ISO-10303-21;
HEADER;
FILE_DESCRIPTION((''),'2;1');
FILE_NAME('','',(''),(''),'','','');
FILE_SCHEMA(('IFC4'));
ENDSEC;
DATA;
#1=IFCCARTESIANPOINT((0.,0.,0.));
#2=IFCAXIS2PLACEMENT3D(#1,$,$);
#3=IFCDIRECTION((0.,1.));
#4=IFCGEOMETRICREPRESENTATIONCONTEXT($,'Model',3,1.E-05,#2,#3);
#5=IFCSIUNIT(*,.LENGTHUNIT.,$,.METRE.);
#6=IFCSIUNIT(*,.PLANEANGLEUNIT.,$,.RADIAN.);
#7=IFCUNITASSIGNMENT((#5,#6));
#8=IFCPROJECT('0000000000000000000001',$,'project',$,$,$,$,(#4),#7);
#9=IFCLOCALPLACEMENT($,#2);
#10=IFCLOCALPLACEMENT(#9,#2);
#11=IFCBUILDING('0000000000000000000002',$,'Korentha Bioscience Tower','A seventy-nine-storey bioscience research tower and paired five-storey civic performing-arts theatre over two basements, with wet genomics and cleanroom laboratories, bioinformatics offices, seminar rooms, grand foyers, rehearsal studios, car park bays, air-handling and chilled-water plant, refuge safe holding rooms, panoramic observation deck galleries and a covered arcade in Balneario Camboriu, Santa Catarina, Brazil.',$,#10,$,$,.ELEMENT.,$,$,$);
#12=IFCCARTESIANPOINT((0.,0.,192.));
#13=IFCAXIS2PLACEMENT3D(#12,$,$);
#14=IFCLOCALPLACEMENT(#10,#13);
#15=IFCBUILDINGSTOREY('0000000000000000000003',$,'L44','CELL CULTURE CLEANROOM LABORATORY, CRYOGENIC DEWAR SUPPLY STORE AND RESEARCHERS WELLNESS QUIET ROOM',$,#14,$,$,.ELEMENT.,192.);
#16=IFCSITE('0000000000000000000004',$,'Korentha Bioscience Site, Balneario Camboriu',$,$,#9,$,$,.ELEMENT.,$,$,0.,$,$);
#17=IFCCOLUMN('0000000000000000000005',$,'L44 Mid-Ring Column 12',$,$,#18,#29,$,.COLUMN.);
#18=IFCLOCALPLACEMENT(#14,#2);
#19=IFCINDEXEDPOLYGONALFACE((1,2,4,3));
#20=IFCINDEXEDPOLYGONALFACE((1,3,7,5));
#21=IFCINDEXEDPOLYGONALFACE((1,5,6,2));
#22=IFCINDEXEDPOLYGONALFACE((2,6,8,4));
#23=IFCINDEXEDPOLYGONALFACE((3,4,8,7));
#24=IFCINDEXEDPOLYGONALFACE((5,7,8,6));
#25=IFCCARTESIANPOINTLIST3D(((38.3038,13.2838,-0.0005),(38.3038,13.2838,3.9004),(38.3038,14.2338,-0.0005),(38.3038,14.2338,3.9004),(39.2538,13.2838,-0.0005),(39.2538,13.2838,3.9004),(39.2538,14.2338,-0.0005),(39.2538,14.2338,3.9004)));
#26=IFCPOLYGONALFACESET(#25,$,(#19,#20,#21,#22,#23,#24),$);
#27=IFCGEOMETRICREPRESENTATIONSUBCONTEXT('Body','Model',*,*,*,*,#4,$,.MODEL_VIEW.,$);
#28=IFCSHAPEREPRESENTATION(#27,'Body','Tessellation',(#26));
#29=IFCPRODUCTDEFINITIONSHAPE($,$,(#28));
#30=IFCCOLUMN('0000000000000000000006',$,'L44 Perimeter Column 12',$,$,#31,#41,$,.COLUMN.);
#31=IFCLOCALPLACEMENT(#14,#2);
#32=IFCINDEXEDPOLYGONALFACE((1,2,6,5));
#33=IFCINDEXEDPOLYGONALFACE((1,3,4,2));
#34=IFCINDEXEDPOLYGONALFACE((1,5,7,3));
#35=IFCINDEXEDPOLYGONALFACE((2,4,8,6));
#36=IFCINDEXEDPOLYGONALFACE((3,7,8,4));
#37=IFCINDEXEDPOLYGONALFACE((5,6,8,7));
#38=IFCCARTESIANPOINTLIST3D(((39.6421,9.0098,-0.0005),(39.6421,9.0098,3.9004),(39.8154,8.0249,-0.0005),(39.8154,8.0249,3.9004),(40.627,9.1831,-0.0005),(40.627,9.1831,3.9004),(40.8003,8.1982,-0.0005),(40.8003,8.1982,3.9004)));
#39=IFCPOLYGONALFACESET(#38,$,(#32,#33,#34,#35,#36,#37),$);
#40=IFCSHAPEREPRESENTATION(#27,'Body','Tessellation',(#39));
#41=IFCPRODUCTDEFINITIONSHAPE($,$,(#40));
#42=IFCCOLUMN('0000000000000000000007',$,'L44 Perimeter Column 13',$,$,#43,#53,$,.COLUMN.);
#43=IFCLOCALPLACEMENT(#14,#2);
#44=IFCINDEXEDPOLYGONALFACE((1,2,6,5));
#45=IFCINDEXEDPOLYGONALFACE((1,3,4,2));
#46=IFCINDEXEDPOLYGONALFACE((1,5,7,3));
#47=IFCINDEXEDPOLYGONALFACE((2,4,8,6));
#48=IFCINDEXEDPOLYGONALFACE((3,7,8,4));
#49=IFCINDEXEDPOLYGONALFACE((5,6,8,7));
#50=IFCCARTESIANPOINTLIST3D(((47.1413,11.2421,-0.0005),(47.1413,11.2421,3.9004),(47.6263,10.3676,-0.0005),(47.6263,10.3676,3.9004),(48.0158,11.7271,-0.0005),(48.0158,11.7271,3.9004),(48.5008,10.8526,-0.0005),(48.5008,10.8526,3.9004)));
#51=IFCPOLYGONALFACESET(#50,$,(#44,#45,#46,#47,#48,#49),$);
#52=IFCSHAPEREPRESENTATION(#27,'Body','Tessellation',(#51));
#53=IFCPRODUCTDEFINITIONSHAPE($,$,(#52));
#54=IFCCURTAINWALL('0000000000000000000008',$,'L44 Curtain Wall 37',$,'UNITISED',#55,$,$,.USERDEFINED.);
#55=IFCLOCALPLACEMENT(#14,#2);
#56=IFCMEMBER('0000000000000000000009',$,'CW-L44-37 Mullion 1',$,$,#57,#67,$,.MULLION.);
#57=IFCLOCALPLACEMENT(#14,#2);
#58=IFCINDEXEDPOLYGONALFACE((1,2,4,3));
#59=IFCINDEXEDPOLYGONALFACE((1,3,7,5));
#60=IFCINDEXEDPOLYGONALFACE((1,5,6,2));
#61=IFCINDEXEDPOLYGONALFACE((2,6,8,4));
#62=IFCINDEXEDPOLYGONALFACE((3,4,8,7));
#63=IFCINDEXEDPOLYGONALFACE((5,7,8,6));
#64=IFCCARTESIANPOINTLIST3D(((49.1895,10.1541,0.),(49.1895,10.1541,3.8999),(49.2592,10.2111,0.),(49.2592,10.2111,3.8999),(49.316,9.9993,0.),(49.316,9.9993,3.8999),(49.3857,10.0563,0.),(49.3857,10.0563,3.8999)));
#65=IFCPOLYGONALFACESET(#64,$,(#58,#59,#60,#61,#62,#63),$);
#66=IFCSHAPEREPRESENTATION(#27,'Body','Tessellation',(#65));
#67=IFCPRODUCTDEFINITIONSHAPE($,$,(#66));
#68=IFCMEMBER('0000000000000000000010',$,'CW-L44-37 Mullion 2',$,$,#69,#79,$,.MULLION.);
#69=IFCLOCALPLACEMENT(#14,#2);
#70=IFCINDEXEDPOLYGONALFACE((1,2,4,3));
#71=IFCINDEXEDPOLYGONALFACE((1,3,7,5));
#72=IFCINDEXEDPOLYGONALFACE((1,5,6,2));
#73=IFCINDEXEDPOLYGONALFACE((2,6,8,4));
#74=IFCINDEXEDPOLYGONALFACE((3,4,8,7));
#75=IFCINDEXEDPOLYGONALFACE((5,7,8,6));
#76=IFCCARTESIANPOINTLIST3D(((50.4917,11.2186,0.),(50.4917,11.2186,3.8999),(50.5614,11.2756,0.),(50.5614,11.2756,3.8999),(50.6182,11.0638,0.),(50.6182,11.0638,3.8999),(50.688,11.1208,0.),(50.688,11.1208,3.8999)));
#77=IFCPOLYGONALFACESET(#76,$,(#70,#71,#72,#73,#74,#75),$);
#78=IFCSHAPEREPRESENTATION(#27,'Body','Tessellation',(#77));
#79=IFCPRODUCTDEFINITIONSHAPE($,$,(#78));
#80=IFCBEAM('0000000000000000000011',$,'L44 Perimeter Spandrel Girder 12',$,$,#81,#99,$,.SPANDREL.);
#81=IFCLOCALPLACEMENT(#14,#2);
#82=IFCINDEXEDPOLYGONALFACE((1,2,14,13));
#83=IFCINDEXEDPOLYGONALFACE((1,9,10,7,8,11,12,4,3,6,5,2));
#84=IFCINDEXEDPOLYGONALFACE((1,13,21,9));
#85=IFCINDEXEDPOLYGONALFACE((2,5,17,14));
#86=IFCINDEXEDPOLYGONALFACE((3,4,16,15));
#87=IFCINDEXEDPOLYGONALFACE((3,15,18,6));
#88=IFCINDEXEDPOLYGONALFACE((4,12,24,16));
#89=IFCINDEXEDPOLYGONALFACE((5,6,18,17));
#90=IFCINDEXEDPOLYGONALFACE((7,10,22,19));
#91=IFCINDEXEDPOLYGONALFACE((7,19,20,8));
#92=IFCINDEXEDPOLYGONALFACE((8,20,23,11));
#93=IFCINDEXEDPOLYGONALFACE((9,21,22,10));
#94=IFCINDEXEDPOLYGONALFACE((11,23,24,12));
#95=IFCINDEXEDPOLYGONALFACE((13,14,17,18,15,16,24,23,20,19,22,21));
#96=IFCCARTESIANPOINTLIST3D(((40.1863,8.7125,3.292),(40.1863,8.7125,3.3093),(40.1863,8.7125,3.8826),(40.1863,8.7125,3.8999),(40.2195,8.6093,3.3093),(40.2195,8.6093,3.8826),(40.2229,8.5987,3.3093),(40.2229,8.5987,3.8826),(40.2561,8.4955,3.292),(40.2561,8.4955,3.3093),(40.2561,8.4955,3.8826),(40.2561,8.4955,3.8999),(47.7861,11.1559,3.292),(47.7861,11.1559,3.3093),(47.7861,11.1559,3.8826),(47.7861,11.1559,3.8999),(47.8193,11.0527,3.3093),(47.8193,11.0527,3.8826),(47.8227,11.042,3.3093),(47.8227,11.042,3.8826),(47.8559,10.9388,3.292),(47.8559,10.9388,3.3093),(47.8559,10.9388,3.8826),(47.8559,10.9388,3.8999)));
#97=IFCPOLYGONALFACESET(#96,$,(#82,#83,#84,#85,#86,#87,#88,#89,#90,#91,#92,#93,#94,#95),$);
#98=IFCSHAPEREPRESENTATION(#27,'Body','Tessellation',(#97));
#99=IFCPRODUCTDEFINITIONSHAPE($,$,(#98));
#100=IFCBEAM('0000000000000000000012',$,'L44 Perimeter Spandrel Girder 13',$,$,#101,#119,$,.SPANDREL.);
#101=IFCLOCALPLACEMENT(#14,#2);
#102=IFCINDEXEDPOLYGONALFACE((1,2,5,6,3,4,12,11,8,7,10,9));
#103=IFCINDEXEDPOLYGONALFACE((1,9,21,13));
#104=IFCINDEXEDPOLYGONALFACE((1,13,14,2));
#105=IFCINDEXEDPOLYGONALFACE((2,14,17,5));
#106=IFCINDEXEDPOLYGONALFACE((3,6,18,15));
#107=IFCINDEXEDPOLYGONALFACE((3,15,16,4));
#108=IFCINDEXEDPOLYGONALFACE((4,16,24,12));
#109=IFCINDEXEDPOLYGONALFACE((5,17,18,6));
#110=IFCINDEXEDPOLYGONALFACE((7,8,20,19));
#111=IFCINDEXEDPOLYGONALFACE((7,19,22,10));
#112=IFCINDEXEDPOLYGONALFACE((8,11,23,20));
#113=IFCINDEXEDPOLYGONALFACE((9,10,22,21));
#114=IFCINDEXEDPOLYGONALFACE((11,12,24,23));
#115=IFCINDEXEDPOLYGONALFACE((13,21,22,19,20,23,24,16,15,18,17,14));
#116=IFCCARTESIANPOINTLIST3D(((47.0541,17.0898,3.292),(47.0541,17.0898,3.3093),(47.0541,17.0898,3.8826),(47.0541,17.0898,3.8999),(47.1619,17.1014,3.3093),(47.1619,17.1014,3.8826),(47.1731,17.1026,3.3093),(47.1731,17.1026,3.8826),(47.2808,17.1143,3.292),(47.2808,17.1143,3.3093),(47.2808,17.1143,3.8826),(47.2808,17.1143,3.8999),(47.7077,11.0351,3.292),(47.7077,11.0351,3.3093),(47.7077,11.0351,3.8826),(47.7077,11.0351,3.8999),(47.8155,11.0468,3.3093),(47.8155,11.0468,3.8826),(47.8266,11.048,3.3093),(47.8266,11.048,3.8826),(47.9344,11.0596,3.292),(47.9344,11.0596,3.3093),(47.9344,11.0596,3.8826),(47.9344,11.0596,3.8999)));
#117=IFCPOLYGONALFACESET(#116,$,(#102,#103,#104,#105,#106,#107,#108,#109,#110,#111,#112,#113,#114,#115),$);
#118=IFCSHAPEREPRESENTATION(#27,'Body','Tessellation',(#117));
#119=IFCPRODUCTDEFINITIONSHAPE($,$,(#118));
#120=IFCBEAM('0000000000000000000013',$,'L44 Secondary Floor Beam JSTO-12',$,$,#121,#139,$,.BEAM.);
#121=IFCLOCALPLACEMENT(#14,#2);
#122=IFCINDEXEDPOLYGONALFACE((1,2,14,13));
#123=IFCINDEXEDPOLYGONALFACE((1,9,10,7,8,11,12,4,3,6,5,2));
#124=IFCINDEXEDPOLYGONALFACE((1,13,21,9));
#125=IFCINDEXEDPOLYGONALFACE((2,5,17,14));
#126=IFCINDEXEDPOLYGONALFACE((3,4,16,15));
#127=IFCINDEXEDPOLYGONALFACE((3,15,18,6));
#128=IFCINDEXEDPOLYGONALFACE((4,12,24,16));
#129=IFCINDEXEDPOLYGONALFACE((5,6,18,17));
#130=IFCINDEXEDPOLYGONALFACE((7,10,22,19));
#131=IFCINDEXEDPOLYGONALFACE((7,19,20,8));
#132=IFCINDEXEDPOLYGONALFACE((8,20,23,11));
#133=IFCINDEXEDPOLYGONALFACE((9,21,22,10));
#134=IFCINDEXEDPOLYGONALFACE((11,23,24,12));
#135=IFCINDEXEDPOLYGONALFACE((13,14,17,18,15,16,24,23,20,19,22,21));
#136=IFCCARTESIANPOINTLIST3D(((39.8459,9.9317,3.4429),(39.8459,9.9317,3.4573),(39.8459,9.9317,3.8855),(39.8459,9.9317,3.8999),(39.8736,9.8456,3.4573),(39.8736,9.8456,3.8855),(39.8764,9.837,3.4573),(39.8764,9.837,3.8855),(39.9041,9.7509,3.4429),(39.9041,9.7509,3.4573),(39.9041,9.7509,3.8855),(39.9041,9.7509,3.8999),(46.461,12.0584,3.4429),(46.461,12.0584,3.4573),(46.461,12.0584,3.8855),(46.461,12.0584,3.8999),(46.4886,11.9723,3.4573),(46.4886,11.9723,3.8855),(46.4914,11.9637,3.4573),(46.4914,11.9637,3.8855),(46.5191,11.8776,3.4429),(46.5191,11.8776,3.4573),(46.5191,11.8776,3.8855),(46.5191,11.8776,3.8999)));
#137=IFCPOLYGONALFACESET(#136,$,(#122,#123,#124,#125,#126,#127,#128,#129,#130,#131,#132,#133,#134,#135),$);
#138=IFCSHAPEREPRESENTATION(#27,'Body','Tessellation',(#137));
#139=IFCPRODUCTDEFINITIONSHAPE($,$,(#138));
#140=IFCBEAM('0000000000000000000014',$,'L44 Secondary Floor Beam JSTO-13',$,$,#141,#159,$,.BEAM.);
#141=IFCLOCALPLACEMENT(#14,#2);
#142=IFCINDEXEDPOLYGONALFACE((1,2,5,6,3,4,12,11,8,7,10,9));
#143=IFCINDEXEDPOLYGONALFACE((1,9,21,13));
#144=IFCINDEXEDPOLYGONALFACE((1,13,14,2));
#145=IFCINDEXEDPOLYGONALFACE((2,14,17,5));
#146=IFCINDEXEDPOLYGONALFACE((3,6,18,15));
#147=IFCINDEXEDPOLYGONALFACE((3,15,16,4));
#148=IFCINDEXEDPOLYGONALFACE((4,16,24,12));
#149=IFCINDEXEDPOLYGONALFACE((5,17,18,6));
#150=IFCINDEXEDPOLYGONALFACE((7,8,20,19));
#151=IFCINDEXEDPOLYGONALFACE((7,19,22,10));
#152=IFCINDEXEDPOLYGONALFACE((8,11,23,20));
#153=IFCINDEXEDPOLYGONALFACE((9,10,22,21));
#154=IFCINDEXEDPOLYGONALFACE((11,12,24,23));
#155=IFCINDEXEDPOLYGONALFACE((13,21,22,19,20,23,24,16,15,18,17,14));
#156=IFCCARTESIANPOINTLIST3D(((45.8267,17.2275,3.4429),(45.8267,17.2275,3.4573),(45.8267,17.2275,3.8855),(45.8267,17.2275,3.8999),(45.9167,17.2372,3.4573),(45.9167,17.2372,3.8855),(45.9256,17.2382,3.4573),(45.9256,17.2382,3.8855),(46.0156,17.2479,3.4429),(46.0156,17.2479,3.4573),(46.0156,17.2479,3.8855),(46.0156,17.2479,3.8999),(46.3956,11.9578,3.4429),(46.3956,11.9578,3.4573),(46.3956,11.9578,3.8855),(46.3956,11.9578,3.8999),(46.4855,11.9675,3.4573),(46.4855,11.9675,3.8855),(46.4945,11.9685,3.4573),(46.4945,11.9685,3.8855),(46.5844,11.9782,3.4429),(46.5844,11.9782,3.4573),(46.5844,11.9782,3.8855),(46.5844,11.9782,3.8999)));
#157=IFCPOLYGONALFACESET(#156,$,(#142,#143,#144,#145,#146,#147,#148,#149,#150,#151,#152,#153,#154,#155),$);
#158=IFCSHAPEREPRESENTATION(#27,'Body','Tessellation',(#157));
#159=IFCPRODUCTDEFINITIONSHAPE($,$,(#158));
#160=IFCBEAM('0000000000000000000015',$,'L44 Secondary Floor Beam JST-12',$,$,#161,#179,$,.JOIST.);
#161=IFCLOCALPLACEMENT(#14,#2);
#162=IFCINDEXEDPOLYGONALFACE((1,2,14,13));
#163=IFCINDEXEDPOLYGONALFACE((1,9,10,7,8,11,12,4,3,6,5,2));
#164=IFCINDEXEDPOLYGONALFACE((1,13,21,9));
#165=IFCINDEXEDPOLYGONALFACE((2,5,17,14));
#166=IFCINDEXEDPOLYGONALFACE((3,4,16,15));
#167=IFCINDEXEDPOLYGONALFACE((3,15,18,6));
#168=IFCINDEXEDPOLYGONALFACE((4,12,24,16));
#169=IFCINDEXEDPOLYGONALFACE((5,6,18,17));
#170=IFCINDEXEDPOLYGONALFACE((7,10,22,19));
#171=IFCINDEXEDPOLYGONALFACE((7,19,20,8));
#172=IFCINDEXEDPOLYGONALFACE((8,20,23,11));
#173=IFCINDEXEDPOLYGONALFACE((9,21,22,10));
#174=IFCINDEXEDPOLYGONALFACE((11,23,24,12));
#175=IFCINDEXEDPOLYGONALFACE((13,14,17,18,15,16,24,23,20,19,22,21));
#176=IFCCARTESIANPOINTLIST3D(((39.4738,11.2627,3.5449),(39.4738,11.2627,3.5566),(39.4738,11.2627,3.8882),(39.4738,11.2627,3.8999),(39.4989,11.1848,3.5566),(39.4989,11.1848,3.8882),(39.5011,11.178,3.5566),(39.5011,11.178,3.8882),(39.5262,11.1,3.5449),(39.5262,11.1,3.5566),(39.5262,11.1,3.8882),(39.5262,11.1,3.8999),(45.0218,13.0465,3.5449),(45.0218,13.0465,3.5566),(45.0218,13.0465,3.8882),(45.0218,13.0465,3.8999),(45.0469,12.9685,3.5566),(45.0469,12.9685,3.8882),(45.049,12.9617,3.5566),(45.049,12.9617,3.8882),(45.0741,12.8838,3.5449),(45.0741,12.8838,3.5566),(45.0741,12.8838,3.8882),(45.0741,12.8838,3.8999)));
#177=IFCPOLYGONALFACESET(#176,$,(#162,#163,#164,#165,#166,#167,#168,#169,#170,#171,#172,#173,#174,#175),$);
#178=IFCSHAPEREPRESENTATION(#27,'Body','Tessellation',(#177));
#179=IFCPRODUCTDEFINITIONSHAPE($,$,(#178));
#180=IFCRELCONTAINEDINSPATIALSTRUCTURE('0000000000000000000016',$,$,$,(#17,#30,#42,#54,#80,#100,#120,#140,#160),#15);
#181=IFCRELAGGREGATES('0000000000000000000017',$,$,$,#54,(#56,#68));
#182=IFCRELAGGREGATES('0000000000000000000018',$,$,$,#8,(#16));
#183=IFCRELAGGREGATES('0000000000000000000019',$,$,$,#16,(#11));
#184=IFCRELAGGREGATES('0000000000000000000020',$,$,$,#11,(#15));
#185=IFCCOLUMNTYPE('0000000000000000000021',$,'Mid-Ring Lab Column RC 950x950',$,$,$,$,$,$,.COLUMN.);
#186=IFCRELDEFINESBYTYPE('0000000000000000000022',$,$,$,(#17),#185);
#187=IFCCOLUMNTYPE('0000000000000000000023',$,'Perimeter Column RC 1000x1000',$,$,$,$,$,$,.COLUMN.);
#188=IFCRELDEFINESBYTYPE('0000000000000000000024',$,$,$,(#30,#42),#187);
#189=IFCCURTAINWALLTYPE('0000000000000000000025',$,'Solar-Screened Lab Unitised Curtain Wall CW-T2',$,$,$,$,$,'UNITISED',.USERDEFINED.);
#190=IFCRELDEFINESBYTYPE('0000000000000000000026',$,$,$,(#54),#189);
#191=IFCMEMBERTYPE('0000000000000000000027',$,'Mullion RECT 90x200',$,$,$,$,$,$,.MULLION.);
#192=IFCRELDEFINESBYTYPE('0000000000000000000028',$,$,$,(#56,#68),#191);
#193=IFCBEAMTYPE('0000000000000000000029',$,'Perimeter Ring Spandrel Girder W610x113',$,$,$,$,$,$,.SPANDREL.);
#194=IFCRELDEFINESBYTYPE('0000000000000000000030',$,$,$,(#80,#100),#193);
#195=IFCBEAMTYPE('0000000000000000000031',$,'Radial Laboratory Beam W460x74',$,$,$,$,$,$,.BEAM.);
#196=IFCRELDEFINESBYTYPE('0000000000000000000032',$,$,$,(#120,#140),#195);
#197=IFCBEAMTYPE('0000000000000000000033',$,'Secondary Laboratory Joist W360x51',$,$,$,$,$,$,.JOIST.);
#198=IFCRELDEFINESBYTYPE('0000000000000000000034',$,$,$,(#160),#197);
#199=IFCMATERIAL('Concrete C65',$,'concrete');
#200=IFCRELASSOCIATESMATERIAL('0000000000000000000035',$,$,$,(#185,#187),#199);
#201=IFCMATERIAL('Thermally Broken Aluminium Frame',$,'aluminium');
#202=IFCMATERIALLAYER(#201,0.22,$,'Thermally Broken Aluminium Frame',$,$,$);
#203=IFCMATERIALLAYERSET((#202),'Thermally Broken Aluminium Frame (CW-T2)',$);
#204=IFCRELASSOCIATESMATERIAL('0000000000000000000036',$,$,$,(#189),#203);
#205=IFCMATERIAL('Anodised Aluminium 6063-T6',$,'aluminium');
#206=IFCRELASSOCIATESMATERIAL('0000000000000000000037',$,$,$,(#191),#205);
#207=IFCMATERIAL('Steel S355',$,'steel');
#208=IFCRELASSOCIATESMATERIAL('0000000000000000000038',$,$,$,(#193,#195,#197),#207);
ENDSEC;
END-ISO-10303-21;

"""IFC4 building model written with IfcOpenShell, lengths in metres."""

from ifc_helpers import new_model, si_unit, direction, frame, origin, origin_2d, place, context, subcontext, project, spatial, rectangle, i_section, extrude, material, layer, layer_set, material_profile, profile_set, type_object, element, aggregate, save


model = new_model("IFC4")

# Units and contexts
model_context = context("Model", 3, precision=1e-05, world=origin(), true_north=direction((0.0, 1.0)))
body_context = subcontext(model_context, "Body", "Model", "MODEL_VIEW")
ifc_project = project(units=[si_unit("LENGTHUNIT", "METRE"), si_unit("PLANEANGLEUNIT", "RADIAN")], contexts=[model_context])

# Site, building, storey
site_placement = place(None, origin())
site = spatial("IfcSite", under=ifc_project, at=site_placement, Name="Korentha Bioscience Site, Balneario Camboriu", CompositionType="ELEMENT", RefElevation=0.0)
building_placement = place(site_placement, origin())
building = spatial("IfcBuilding", under=site, at=building_placement, Name="Korentha Bioscience Tower", Description="A seventy-nine-storey bioscience research tower and paired five-storey civic performing-arts theatre over two basements, with wet genomics and cleanroom laboratories, bioinformatics offices, seminar rooms, grand foyers, rehearsal studios, car park bays, air-handling and chilled-water plant, refuge safe holding rooms, panoramic observation deck galleries and a covered arcade in Balneario Camboriu, Santa Catarina, Brazil.", CompositionType="ELEMENT")
storey_placement = place(building_placement, frame((0.0, 0.0, 192.0)))
storey = spatial("IfcBuildingStorey", under=building, at=storey_placement, Name="L44", Description="CELL CULTURE CLEANROOM LABORATORY, CRYOGENIC DEWAR SUPPLY STORE AND RESEARCHERS WELLNESS QUIET ROOM", CompositionType="ELEMENT", Elevation=192.0)

# Columns
ifc_material_1 = material(Name="Concrete C65", Category="concrete")
ifc_material_profile_1 = material_profile(ifc_material_1, rectangle(XDim=0.95, YDim=0.95, at=origin_2d()), Name="Concrete C65")
ifc_profile_set_1 = profile_set([ifc_material_profile_1], Name="Concrete C65 (COL-MR09)")
column_type_1 = type_object("IfcColumnType", Name="Mid-Ring Lab Column RC 950x950", PredefinedType="COLUMN", material=ifc_profile_set_1)
column_placement = place(storey_placement, frame((38.7788, 13.7588, -0.0005), z_axis=(0.0, 0.0, 1.0), x_axis=(1.0, 0.0, 0.0)))
element("IfcColumn", 1, at=column_placement, inside=storey, type_object=column_type_1, Name="L44 Mid-Ring Column 12", PredefinedType="COLUMN", context=body_context, shape_type="SweptSolid", body=[
    extrude(rectangle(XDim=0.95, YDim=0.95, at=origin_2d()), origin(), (0.0, 0.0, 1.0), 3.9009),
])
ifc_material_profile_2 = material_profile(ifc_material_1, rectangle(XDim=1.0, YDim=1.0, at=origin_2d()), Name="Concrete C65")
ifc_profile_set_2 = profile_set([ifc_material_profile_2], Name="Concrete C65 (COL-P10)")
column_type_2 = type_object("IfcColumnType", Name="Perimeter Column RC 1000x1000", PredefinedType="COLUMN", material=ifc_profile_set_2)
for number, where, z_axis, x_axis, name in (
    (2, (40.2212, 8.604, -0.0005), (0.0, 0.0, 1.0), (0.984868, 0.173304, 0.0), "L44 Perimeter Column 12"),
    (3, (47.821, 11.0474, -0.0005), (0.0, 0.0, 1.0), (0.874535, 0.484962, 0.0), "L44 Perimeter Column 13"),
):
    element("IfcColumn", number, at=place(storey_placement, frame(where, z_axis=z_axis, x_axis=x_axis)), inside=storey, type_object=column_type_2, Name=name, PredefinedType="COLUMN", context=body_context, shape_type="SweptSolid", body=[
        extrude(rectangle(XDim=1.0, YDim=1.0, at=origin_2d()), origin(), (0.0, 0.0, 1.0), 3.9009),
    ])

# Curtain wall, members
ifc_material_2 = material(Name="Thermally Broken Aluminium Frame", Category="aluminium")
ifc_layer_1 = layer(ifc_material_2, 0.22, Name="Thermally Broken Aluminium Frame")
ifc_layer_set_1 = layer_set([ifc_layer_1], Name="Thermally Broken Aluminium Frame (CW-T2)")
curtain_wall_type = type_object("IfcCurtainWallType", Name="Solar-Screened Lab Unitised Curtain Wall CW-T2", ElementType="UNITISED", PredefinedType="USERDEFINED", material=ifc_layer_set_1)
curtain_wall_placement = place(storey_placement, origin())
curtain_wall = element("IfcCurtainWall", 4, at=curtain_wall_placement, inside=storey, type_object=curtain_wall_type, Name="L44 Curtain Wall 37", ObjectType="UNITISED", PredefinedType="USERDEFINED")
ifc_material_3 = material(Name="Anodised Aluminium 6063-T6", Category="aluminium")
ifc_material_profile_3 = material_profile(ifc_material_3, rectangle(XDim=0.0901, YDim=0.2, at=origin_2d()), Name="Anodised Aluminium 6063-T6")
ifc_profile_set_3 = profile_set([ifc_material_profile_3], Name="Anodised Aluminium 6063-T6 (CW-MUL)")
member_type_1 = type_object("IfcMemberType", Name="Mullion RECT 90x200", PredefinedType="MULLION", material=ifc_profile_set_3)
member_1_placement = place(storey_placement, frame((49.2876, 10.1052, 0.0), z_axis=(0.0, 0.0, 1.0), x_axis=(0.774256, 0.632872, 0.0)))
member_1 = element("IfcMember", 5, at=member_1_placement, type_object=member_type_1, Name="CW-L44-37 Mullion 1", PredefinedType="MULLION", context=body_context, shape_type="SweptSolid", body=[
    extrude(rectangle(XDim=0.0901, YDim=0.2, at=origin_2d()), origin(), (0.0, 0.0, 1.0), 3.8999),
])
member_2_placement = place(storey_placement, frame((50.5898, 11.1697, 0.0), z_axis=(0.0, 0.0, 1.0), x_axis=(0.774256, 0.632872, 0.0)))
member_2 = element("IfcMember", 6, at=member_2_placement, type_object=member_type_1, Name="CW-L44-37 Mullion 2", PredefinedType="MULLION", context=body_context, shape_type="SweptSolid", body=[
    extrude(rectangle(XDim=0.0901, YDim=0.2, at=origin_2d()), origin(), (0.0, 0.0, 1.0), 3.8999),
])

# Beams
ifc_material_4 = material(Name="Steel S355", Category="steel")
ifc_material_profile_4 = material_profile(ifc_material_4, i_section(OverallWidth=0.228, OverallDepth=0.6079, WebThickness=0.0112, FlangeThickness=0.0173, at=origin_2d()), Name="Steel S355")
ifc_profile_set_4 = profile_set([ifc_material_profile_4], Name="Steel S355 (SB-610)")
beam_type_1 = type_object("IfcBeamType", Name="Perimeter Ring Spandrel Girder W610x113", PredefinedType="SPANDREL", material=ifc_profile_set_4)
beam_1_placement = place(storey_placement, frame((40.2212, 8.604, 3.5959), z_axis=(0.952009, 0.306072, 0.0), x_axis=(-0.306072, 0.952009, 0.0)))
element("IfcBeam", 7, at=beam_1_placement, inside=storey, type_object=beam_type_1, Name="L44 Perimeter Spandrel Girder 12", PredefinedType="SPANDREL", context=body_context, shape_type="SweptSolid", body=[
    extrude(i_section(OverallWidth=0.228, OverallDepth=0.6079, WebThickness=0.0112, FlangeThickness=0.0173, at=origin_2d()), origin(), (0.0, 0.0, 1.0), 7.9829),
])
beam_2_placement = place(storey_placement, frame((47.821, 11.0474, 3.5959), z_axis=(-0.10732, 0.994225, 0.0), x_axis=(-0.994225, -0.10732, 0.0)))
element("IfcBeam", 8, at=beam_2_placement, inside=storey, type_object=beam_type_1, Name="L44 Perimeter Spandrel Girder 13", PredefinedType="SPANDREL", context=body_context, shape_type="SweptSolid", body=[
    extrude(i_section(OverallWidth=0.228, OverallDepth=0.6079, WebThickness=0.0112, FlangeThickness=0.0173, at=origin_2d()), origin(), (0.0, 0.0, 1.0), 6.0898),
])
ifc_material_profile_5 = material_profile(ifc_material_4, i_section(OverallWidth=0.1899, OverallDepth=0.457, WebThickness=0.009, FlangeThickness=0.0144, at=origin_2d()), Name="Steel S355")
ifc_profile_set_5 = profile_set([ifc_material_profile_5], Name="Steel S355 (RB-460)")
beam_type_2 = type_object("IfcBeamType", Name="Radial Laboratory Beam W460x74", PredefinedType="BEAM", material=ifc_profile_set_5)
beam_3_placement = place(storey_placement, frame((39.875, 9.8413, 3.6714), z_axis=(0.952009, 0.306069, 0.0), x_axis=(-0.306069, 0.952009, 0.0)))
element("IfcBeam", 9, at=beam_3_placement, inside=storey, type_object=beam_type_2, Name="L44 Secondary Floor Beam JSTO-12", PredefinedType="BEAM", context=body_context, shape_type="SweptSolid", body=[
    extrude(i_section(OverallWidth=0.1899, OverallDepth=0.457, WebThickness=0.009, FlangeThickness=0.0144, at=origin_2d()), origin(), (0.0, 0.0, 1.0), 6.9485),
])
beam_4_placement = place(storey_placement, frame((46.49, 11.968, 3.6714), z_axis=(-0.107322, 0.994224, 0.0), x_axis=(-0.994224, -0.107322, 0.0)))
element("IfcBeam", 10, at=beam_4_placement, inside=storey, type_object=beam_type_2, Name="L44 Secondary Floor Beam JSTO-13", PredefinedType="BEAM", context=body_context, shape_type="SweptSolid", body=[
    extrude(i_section(OverallWidth=0.1899, OverallDepth=0.457, WebThickness=0.009, FlangeThickness=0.0144, at=origin_2d()), origin(), (0.0, 0.0, 1.0), 5.3003),
])
ifc_material_profile_6 = material_profile(ifc_material_4, i_section(OverallWidth=0.1709, OverallDepth=0.355, WebThickness=0.0071, FlangeThickness=0.0117, at=origin_2d()), Name="Steel S355")
ifc_profile_set_6 = profile_set([ifc_material_profile_6], Name="Steel S355 (JB-360)")
beam_type_3 = type_object("IfcBeamType", Name="Secondary Laboratory Joist W360x51", PredefinedType="JOIST", material=ifc_profile_set_6)
beam_5_placement = place(storey_placement, frame((39.5, 11.1814, 3.7224), z_axis=(0.952006, 0.30608, 0.0), x_axis=(-0.30608, 0.952006, 0.0)))
element("IfcBeam", 11, at=beam_5_placement, inside=storey, type_object=beam_type_3, Name="L44 Secondary Floor Beam JST-12", PredefinedType="JOIST", context=body_context, shape_type="SweptSolid", body=[
    extrude(i_section(OverallWidth=0.1709, OverallDepth=0.355, WebThickness=0.0071, FlangeThickness=0.0117, at=origin_2d()), origin(), (0.0, 0.0, 1.0), 5.8276),
])

aggregate(curtain_wall, [member_1, member_2])

save(model, "model.ifc")
